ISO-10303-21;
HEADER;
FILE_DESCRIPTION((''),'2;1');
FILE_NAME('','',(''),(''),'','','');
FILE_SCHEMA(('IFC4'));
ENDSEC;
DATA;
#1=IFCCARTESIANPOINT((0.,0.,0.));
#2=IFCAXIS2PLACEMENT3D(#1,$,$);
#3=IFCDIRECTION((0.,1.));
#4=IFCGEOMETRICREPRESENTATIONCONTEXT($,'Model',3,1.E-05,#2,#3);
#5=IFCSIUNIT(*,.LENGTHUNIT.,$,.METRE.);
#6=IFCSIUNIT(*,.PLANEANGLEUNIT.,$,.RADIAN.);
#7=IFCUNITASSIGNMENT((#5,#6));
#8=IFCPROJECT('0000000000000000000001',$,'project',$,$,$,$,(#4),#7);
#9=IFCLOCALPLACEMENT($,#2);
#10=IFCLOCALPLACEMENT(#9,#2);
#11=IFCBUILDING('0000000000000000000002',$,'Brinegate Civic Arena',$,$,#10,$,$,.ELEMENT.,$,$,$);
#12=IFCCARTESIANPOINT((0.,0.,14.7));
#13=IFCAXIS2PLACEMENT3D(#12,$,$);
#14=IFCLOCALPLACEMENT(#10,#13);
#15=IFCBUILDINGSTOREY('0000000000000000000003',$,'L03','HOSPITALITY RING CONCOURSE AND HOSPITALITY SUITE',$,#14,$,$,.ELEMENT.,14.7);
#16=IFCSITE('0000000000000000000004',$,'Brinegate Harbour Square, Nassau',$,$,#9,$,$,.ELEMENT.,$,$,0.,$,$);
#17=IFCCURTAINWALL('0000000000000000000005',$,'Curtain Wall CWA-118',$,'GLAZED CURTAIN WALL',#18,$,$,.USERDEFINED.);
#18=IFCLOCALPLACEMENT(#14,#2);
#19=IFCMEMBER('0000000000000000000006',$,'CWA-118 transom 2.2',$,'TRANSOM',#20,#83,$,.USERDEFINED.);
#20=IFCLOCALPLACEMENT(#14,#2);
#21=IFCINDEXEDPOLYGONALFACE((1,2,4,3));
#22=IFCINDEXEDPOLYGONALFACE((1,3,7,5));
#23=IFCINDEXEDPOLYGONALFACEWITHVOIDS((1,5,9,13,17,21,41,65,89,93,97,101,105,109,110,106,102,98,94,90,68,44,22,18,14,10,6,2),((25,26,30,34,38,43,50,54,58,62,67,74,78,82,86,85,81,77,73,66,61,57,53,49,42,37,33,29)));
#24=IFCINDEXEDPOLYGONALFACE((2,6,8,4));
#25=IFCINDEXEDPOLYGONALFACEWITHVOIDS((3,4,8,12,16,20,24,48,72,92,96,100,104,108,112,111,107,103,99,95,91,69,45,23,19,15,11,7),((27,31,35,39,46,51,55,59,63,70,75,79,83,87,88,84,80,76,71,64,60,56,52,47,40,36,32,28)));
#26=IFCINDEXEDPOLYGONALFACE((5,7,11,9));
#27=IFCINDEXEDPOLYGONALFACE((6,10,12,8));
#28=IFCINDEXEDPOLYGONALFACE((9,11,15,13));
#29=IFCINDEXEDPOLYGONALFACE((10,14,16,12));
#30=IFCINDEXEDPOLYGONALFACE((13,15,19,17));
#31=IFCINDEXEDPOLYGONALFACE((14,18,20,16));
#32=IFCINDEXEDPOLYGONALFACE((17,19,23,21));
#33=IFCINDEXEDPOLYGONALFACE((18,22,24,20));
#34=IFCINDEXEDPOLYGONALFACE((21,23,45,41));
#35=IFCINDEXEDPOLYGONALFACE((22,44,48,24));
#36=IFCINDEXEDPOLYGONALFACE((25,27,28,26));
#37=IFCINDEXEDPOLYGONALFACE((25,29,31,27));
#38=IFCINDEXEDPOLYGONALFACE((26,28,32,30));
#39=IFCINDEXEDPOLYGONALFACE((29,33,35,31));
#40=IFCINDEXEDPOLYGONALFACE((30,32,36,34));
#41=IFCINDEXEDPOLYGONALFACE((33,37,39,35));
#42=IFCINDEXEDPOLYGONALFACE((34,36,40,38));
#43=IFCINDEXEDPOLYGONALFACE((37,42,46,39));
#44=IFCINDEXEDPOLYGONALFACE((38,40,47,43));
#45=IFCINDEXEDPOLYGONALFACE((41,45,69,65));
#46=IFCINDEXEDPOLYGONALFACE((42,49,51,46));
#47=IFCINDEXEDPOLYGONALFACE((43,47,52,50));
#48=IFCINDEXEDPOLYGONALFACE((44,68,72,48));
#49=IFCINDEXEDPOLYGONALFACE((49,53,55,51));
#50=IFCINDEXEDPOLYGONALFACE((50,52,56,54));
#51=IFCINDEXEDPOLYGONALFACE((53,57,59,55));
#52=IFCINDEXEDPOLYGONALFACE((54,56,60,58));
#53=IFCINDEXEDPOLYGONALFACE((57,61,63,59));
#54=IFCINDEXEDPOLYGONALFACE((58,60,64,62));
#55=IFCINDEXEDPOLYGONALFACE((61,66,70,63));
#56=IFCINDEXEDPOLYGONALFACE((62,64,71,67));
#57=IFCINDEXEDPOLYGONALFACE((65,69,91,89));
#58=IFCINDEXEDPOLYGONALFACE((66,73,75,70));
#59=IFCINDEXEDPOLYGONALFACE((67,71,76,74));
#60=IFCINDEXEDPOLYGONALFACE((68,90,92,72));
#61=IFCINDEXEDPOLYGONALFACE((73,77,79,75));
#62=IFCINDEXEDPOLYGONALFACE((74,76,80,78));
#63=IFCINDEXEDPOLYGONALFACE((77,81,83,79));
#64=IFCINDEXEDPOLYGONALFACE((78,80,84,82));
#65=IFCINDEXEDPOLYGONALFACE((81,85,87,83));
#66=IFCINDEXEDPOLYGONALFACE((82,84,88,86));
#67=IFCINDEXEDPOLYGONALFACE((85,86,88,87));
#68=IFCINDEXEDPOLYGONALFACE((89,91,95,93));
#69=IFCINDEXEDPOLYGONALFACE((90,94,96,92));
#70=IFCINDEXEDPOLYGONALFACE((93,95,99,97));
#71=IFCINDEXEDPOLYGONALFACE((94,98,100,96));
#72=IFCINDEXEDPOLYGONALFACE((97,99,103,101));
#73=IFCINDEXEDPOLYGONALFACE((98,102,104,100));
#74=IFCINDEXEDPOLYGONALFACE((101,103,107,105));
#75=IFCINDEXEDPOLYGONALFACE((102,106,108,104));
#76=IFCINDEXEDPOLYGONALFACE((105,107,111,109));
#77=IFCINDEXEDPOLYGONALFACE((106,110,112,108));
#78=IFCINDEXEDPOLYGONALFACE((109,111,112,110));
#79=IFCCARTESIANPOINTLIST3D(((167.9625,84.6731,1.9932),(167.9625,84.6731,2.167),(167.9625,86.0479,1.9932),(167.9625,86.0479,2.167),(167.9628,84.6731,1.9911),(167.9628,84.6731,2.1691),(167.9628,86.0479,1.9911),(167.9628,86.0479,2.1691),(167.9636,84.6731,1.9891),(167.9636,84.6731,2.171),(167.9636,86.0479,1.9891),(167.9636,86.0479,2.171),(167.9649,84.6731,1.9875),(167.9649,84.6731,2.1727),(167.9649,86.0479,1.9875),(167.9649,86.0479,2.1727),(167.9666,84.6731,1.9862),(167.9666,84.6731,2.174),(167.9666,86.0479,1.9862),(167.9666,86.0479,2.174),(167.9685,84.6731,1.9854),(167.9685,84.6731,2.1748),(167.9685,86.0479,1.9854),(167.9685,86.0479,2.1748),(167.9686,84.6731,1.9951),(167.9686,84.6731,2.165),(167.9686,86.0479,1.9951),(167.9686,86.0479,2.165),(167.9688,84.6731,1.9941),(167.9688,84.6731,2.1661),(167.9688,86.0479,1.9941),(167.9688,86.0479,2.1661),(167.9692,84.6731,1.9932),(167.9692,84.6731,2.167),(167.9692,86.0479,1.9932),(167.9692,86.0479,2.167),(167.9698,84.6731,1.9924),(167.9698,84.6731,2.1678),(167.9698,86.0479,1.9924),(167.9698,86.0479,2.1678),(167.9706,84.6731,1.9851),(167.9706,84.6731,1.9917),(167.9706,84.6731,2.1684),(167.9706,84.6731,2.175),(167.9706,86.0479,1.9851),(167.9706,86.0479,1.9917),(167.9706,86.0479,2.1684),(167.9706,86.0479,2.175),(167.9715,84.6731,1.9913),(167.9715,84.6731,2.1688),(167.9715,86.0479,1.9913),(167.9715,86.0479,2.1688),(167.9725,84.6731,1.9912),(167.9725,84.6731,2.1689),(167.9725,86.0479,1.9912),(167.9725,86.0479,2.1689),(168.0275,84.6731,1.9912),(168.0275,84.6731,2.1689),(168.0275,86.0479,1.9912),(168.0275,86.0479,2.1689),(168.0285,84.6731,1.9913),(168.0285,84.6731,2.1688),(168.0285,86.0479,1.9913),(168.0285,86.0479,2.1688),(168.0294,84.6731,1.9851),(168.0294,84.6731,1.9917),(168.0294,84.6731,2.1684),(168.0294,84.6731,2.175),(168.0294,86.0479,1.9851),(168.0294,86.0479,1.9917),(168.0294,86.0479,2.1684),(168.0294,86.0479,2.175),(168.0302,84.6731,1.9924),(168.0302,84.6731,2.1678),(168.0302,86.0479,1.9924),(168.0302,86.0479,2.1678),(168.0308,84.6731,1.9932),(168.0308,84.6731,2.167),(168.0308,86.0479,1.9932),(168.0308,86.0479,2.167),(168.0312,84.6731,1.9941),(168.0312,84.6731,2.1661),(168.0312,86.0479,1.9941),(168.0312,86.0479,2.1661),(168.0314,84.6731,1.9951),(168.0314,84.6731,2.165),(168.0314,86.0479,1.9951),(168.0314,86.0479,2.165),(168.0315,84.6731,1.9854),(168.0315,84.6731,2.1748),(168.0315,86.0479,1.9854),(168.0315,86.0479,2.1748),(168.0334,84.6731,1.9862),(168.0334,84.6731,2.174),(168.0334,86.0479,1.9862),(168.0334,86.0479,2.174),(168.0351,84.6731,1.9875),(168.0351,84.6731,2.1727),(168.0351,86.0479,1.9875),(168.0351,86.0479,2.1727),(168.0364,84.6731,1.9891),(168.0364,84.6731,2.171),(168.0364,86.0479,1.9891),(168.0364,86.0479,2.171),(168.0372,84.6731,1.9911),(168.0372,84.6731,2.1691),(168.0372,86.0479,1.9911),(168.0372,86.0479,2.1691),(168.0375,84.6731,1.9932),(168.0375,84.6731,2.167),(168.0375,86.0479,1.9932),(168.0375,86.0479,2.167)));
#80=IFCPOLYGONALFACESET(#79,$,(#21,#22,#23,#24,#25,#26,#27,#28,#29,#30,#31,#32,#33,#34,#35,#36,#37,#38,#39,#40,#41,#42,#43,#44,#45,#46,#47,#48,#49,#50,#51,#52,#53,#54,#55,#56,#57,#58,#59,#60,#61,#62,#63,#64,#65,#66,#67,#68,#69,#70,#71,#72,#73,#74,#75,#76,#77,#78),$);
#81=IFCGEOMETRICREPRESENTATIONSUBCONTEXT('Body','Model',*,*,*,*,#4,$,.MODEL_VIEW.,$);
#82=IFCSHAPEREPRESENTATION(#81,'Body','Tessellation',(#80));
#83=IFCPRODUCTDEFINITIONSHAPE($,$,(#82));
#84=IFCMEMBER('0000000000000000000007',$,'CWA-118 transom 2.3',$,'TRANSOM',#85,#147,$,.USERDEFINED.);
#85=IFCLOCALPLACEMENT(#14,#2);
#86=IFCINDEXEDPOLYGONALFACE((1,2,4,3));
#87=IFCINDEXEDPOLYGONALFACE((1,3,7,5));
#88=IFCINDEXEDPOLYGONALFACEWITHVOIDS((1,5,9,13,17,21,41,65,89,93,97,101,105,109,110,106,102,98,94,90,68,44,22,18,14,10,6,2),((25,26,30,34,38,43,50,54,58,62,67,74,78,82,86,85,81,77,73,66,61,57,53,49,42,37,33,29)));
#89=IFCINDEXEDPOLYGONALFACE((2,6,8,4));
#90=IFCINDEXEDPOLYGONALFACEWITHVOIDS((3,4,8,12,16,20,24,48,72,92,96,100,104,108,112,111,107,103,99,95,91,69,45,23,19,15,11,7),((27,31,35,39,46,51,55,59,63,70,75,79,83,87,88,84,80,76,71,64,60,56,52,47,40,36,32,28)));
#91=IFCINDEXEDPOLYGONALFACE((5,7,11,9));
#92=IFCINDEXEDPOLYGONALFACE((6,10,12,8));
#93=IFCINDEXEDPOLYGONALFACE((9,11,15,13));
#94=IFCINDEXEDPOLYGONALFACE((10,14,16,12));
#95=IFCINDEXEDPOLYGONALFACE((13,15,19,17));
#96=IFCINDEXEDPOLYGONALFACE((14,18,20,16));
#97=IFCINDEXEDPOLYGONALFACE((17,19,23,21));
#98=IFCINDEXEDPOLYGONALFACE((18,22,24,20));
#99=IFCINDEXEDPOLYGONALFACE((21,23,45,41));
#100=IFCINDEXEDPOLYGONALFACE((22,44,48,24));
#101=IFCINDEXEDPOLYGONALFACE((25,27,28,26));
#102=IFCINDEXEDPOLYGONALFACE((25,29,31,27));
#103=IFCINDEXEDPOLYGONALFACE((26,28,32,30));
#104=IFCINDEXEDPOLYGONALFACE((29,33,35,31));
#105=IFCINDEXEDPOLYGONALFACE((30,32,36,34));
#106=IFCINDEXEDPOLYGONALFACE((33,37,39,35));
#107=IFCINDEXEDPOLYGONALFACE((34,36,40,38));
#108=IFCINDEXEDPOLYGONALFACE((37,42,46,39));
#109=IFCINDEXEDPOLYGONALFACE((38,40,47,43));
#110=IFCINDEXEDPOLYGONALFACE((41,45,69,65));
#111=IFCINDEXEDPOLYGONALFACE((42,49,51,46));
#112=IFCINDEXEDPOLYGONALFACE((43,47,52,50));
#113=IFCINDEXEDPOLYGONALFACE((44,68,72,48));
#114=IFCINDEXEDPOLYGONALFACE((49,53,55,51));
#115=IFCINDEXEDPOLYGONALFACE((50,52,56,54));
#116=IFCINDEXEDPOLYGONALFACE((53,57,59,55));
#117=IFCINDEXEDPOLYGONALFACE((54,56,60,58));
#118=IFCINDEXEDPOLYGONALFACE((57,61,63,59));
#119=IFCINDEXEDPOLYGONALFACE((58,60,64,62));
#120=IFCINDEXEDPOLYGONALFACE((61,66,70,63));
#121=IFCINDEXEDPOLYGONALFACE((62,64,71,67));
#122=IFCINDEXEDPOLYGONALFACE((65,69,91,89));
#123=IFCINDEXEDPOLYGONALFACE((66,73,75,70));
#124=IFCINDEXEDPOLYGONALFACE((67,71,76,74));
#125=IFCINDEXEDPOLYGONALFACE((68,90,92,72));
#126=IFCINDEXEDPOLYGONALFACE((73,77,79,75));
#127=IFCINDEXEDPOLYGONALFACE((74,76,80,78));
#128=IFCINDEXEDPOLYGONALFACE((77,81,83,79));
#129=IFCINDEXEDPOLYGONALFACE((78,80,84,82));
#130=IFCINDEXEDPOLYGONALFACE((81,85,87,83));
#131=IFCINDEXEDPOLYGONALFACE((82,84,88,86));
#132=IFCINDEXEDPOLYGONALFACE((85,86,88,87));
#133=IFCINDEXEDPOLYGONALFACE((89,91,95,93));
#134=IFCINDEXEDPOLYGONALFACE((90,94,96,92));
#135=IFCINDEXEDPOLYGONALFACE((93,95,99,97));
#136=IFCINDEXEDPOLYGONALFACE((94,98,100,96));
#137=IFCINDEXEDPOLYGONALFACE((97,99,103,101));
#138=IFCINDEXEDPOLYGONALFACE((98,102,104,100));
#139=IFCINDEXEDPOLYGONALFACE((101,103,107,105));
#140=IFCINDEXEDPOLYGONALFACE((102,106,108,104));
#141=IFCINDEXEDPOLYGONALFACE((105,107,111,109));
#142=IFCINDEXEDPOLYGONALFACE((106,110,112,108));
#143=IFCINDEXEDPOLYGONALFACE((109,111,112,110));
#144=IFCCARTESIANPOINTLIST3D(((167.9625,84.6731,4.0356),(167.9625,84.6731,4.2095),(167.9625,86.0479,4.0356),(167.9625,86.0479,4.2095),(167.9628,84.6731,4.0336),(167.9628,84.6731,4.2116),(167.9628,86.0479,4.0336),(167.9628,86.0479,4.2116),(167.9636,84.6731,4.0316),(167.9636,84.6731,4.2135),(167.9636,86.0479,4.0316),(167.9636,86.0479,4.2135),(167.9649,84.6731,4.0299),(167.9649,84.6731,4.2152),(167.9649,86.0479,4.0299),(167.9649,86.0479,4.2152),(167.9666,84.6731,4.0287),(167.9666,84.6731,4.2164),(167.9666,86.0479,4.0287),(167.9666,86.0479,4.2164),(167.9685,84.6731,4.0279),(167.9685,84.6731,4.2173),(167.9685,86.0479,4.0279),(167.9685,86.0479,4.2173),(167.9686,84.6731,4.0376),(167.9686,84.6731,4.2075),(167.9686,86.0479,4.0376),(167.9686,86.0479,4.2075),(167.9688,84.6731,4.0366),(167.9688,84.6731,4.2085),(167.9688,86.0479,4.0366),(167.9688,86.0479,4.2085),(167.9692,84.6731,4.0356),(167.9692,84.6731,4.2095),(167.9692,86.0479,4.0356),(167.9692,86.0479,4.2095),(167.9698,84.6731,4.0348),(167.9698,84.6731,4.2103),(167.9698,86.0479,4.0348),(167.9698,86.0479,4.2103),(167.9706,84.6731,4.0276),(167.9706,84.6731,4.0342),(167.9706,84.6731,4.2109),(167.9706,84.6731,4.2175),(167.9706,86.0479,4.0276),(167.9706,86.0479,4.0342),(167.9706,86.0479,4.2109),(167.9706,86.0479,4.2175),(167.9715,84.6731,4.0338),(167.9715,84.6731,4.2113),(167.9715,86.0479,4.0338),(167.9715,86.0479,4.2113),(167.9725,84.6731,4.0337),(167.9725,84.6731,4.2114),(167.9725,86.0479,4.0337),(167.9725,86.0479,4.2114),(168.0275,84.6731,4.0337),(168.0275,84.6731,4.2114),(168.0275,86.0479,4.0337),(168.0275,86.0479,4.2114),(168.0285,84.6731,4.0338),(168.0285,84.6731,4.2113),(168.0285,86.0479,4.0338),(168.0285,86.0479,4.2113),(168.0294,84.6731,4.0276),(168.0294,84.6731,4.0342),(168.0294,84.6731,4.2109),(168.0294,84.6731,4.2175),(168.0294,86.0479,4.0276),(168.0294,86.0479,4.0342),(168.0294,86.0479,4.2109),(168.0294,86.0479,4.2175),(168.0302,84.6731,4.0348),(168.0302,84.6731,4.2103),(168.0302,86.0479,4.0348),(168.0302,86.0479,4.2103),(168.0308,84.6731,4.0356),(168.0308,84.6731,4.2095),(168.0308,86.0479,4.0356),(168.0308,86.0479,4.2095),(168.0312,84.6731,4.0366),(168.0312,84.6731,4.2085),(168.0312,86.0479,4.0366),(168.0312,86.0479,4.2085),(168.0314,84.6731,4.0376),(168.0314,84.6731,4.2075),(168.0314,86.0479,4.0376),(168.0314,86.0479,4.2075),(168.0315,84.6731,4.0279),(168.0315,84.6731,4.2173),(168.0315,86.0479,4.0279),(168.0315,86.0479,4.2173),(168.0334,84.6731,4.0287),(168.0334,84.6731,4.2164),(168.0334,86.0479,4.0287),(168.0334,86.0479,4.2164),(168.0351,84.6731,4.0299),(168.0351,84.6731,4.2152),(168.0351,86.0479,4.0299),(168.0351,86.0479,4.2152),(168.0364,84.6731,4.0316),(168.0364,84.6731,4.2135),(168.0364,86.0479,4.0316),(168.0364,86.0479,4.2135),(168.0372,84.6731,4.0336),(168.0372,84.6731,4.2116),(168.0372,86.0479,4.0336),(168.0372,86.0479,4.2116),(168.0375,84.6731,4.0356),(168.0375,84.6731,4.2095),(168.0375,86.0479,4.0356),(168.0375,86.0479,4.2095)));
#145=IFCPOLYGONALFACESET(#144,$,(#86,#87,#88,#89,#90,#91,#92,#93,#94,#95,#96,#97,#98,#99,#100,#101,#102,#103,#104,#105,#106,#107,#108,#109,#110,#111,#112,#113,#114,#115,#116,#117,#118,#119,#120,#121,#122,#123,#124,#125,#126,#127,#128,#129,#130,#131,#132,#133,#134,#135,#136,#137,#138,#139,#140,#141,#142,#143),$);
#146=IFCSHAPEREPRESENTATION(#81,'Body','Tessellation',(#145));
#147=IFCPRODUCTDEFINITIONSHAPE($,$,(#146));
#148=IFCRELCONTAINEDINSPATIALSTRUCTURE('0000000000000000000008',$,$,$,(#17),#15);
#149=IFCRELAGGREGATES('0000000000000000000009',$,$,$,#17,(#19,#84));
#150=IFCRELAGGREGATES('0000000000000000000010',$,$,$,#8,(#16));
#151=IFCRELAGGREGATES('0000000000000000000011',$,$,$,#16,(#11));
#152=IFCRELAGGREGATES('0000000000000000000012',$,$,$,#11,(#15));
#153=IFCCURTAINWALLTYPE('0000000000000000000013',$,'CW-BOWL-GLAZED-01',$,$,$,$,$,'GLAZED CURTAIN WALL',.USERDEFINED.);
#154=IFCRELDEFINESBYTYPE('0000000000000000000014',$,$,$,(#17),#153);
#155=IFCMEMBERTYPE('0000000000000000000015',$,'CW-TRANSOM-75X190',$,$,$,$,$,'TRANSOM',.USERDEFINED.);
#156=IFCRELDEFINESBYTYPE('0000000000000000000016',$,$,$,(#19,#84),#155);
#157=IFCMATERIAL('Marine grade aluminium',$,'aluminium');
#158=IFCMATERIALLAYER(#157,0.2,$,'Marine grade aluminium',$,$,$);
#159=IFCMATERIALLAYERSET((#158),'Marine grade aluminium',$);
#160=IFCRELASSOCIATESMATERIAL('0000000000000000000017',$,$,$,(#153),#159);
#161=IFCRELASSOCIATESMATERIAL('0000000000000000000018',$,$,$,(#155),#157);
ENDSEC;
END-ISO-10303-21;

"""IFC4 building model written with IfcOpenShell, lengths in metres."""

from ifc_helpers import new_model, si_unit, direction, frame, origin, origin_2d, place, context, subcontext, project, spatial, hollow_rectangle, extrude, material, layer, layer_set, material_profile, profile_set, type_object, element, aggregate, save


model = new_model("IFC4")

# Units and contexts
model_context = context("Model", 3, precision=1e-05, world=origin(), true_north=direction((0.0, 1.0)))
body_context = subcontext(model_context, "Body", "Model", "MODEL_VIEW")
ifc_project = project(units=[si_unit("LENGTHUNIT", "METRE"), si_unit("PLANEANGLEUNIT", "RADIAN")], contexts=[model_context])

# Site, building, storey
site_placement = place(None, origin())
site = spatial("IfcSite", under=ifc_project, at=site_placement, Name="Brinegate Harbour Square, Nassau", CompositionType="ELEMENT", RefElevation=0.0)
building_placement = place(site_placement, origin())
building = spatial("IfcBuilding", under=site, at=building_placement, Name="Brinegate Civic Arena", CompositionType="ELEMENT")
storey_placement = place(building_placement, frame((0.0, 0.0, 14.7)))
storey = spatial("IfcBuildingStorey", under=building, at=storey_placement, Name="L03", Description="HOSPITALITY RING CONCOURSE AND HOSPITALITY SUITE", CompositionType="ELEMENT", Elevation=14.7)

# Curtain wall, members
ifc_material_1 = material(Name="Marine grade aluminium", Category="aluminium")
ifc_layer_1 = layer(ifc_material_1, 0.2, Name="Marine grade aluminium")
ifc_layer_set_1 = layer_set([ifc_layer_1], Name="Marine grade aluminium")
curtain_wall_type = type_object("IfcCurtainWallType", Name="CW-BOWL-GLAZED-01", ElementType="GLAZED CURTAIN WALL", PredefinedType="USERDEFINED", material=ifc_layer_set_1)
curtain_wall_placement = place(storey_placement, origin())
curtain_wall = element("IfcCurtainWall", 1, at=curtain_wall_placement, inside=storey, type_object=curtain_wall_type, Name="Curtain Wall CWA-118", ObjectType="GLAZED CURTAIN WALL", PredefinedType="USERDEFINED")
ifc_material_profile_1 = material_profile(ifc_material_1, hollow_rectangle(XDim=0.075, YDim=0.1899, WallThickness=0.0061, InnerFilletRadius=0.0039, OuterFilletRadius=0.0081, at=origin_2d()), Name="TRN75X190")
ifc_profile_set_1 = profile_set([ifc_material_profile_1], Name="Marine grade aluminium")
member_type_1 = type_object("IfcMemberType", Name="CW-TRANSOM-75X190", ElementType="TRANSOM", PredefinedType="USERDEFINED", material=ifc_profile_set_1)
member_1_placement = place(storey_placement, frame((168.0, 84.6731, 2.0801), z_axis=(0.0, 1.0, 0.0), x_axis=(-1.0, 0.0, 0.0)))
member_1 = element("IfcMember", 2, at=member_1_placement, type_object=member_type_1, Name="CWA-118 transom 2.2", ObjectType="TRANSOM", PredefinedType="USERDEFINED", context=body_context, shape_type="SweptSolid", body=[
    extrude(hollow_rectangle(XDim=0.075, YDim=0.1899, WallThickness=0.0061, InnerFilletRadius=0.0039, OuterFilletRadius=0.0081, at=origin_2d()), origin(), (0.0, 0.0, 1.0), 1.3748),
])
member_2_placement = place(storey_placement, frame((168.0, 84.6731, 4.1226), z_axis=(0.0, 1.0, 0.0), x_axis=(-1.0, 0.0, 0.0)))
member_2 = element("IfcMember", 3, at=member_2_placement, type_object=member_type_1, Name="CWA-118 transom 2.3", ObjectType="TRANSOM", PredefinedType="USERDEFINED", context=body_context, shape_type="SweptSolid", body=[
    extrude(hollow_rectangle(XDim=0.075, YDim=0.1899, WallThickness=0.0061, InnerFilletRadius=0.0039, OuterFilletRadius=0.0081, at=origin_2d()), origin(), (0.0, 0.0, 1.0), 1.3748),
])

aggregate(curtain_wall, [member_1, member_2])

save(model, "model.ifc")
